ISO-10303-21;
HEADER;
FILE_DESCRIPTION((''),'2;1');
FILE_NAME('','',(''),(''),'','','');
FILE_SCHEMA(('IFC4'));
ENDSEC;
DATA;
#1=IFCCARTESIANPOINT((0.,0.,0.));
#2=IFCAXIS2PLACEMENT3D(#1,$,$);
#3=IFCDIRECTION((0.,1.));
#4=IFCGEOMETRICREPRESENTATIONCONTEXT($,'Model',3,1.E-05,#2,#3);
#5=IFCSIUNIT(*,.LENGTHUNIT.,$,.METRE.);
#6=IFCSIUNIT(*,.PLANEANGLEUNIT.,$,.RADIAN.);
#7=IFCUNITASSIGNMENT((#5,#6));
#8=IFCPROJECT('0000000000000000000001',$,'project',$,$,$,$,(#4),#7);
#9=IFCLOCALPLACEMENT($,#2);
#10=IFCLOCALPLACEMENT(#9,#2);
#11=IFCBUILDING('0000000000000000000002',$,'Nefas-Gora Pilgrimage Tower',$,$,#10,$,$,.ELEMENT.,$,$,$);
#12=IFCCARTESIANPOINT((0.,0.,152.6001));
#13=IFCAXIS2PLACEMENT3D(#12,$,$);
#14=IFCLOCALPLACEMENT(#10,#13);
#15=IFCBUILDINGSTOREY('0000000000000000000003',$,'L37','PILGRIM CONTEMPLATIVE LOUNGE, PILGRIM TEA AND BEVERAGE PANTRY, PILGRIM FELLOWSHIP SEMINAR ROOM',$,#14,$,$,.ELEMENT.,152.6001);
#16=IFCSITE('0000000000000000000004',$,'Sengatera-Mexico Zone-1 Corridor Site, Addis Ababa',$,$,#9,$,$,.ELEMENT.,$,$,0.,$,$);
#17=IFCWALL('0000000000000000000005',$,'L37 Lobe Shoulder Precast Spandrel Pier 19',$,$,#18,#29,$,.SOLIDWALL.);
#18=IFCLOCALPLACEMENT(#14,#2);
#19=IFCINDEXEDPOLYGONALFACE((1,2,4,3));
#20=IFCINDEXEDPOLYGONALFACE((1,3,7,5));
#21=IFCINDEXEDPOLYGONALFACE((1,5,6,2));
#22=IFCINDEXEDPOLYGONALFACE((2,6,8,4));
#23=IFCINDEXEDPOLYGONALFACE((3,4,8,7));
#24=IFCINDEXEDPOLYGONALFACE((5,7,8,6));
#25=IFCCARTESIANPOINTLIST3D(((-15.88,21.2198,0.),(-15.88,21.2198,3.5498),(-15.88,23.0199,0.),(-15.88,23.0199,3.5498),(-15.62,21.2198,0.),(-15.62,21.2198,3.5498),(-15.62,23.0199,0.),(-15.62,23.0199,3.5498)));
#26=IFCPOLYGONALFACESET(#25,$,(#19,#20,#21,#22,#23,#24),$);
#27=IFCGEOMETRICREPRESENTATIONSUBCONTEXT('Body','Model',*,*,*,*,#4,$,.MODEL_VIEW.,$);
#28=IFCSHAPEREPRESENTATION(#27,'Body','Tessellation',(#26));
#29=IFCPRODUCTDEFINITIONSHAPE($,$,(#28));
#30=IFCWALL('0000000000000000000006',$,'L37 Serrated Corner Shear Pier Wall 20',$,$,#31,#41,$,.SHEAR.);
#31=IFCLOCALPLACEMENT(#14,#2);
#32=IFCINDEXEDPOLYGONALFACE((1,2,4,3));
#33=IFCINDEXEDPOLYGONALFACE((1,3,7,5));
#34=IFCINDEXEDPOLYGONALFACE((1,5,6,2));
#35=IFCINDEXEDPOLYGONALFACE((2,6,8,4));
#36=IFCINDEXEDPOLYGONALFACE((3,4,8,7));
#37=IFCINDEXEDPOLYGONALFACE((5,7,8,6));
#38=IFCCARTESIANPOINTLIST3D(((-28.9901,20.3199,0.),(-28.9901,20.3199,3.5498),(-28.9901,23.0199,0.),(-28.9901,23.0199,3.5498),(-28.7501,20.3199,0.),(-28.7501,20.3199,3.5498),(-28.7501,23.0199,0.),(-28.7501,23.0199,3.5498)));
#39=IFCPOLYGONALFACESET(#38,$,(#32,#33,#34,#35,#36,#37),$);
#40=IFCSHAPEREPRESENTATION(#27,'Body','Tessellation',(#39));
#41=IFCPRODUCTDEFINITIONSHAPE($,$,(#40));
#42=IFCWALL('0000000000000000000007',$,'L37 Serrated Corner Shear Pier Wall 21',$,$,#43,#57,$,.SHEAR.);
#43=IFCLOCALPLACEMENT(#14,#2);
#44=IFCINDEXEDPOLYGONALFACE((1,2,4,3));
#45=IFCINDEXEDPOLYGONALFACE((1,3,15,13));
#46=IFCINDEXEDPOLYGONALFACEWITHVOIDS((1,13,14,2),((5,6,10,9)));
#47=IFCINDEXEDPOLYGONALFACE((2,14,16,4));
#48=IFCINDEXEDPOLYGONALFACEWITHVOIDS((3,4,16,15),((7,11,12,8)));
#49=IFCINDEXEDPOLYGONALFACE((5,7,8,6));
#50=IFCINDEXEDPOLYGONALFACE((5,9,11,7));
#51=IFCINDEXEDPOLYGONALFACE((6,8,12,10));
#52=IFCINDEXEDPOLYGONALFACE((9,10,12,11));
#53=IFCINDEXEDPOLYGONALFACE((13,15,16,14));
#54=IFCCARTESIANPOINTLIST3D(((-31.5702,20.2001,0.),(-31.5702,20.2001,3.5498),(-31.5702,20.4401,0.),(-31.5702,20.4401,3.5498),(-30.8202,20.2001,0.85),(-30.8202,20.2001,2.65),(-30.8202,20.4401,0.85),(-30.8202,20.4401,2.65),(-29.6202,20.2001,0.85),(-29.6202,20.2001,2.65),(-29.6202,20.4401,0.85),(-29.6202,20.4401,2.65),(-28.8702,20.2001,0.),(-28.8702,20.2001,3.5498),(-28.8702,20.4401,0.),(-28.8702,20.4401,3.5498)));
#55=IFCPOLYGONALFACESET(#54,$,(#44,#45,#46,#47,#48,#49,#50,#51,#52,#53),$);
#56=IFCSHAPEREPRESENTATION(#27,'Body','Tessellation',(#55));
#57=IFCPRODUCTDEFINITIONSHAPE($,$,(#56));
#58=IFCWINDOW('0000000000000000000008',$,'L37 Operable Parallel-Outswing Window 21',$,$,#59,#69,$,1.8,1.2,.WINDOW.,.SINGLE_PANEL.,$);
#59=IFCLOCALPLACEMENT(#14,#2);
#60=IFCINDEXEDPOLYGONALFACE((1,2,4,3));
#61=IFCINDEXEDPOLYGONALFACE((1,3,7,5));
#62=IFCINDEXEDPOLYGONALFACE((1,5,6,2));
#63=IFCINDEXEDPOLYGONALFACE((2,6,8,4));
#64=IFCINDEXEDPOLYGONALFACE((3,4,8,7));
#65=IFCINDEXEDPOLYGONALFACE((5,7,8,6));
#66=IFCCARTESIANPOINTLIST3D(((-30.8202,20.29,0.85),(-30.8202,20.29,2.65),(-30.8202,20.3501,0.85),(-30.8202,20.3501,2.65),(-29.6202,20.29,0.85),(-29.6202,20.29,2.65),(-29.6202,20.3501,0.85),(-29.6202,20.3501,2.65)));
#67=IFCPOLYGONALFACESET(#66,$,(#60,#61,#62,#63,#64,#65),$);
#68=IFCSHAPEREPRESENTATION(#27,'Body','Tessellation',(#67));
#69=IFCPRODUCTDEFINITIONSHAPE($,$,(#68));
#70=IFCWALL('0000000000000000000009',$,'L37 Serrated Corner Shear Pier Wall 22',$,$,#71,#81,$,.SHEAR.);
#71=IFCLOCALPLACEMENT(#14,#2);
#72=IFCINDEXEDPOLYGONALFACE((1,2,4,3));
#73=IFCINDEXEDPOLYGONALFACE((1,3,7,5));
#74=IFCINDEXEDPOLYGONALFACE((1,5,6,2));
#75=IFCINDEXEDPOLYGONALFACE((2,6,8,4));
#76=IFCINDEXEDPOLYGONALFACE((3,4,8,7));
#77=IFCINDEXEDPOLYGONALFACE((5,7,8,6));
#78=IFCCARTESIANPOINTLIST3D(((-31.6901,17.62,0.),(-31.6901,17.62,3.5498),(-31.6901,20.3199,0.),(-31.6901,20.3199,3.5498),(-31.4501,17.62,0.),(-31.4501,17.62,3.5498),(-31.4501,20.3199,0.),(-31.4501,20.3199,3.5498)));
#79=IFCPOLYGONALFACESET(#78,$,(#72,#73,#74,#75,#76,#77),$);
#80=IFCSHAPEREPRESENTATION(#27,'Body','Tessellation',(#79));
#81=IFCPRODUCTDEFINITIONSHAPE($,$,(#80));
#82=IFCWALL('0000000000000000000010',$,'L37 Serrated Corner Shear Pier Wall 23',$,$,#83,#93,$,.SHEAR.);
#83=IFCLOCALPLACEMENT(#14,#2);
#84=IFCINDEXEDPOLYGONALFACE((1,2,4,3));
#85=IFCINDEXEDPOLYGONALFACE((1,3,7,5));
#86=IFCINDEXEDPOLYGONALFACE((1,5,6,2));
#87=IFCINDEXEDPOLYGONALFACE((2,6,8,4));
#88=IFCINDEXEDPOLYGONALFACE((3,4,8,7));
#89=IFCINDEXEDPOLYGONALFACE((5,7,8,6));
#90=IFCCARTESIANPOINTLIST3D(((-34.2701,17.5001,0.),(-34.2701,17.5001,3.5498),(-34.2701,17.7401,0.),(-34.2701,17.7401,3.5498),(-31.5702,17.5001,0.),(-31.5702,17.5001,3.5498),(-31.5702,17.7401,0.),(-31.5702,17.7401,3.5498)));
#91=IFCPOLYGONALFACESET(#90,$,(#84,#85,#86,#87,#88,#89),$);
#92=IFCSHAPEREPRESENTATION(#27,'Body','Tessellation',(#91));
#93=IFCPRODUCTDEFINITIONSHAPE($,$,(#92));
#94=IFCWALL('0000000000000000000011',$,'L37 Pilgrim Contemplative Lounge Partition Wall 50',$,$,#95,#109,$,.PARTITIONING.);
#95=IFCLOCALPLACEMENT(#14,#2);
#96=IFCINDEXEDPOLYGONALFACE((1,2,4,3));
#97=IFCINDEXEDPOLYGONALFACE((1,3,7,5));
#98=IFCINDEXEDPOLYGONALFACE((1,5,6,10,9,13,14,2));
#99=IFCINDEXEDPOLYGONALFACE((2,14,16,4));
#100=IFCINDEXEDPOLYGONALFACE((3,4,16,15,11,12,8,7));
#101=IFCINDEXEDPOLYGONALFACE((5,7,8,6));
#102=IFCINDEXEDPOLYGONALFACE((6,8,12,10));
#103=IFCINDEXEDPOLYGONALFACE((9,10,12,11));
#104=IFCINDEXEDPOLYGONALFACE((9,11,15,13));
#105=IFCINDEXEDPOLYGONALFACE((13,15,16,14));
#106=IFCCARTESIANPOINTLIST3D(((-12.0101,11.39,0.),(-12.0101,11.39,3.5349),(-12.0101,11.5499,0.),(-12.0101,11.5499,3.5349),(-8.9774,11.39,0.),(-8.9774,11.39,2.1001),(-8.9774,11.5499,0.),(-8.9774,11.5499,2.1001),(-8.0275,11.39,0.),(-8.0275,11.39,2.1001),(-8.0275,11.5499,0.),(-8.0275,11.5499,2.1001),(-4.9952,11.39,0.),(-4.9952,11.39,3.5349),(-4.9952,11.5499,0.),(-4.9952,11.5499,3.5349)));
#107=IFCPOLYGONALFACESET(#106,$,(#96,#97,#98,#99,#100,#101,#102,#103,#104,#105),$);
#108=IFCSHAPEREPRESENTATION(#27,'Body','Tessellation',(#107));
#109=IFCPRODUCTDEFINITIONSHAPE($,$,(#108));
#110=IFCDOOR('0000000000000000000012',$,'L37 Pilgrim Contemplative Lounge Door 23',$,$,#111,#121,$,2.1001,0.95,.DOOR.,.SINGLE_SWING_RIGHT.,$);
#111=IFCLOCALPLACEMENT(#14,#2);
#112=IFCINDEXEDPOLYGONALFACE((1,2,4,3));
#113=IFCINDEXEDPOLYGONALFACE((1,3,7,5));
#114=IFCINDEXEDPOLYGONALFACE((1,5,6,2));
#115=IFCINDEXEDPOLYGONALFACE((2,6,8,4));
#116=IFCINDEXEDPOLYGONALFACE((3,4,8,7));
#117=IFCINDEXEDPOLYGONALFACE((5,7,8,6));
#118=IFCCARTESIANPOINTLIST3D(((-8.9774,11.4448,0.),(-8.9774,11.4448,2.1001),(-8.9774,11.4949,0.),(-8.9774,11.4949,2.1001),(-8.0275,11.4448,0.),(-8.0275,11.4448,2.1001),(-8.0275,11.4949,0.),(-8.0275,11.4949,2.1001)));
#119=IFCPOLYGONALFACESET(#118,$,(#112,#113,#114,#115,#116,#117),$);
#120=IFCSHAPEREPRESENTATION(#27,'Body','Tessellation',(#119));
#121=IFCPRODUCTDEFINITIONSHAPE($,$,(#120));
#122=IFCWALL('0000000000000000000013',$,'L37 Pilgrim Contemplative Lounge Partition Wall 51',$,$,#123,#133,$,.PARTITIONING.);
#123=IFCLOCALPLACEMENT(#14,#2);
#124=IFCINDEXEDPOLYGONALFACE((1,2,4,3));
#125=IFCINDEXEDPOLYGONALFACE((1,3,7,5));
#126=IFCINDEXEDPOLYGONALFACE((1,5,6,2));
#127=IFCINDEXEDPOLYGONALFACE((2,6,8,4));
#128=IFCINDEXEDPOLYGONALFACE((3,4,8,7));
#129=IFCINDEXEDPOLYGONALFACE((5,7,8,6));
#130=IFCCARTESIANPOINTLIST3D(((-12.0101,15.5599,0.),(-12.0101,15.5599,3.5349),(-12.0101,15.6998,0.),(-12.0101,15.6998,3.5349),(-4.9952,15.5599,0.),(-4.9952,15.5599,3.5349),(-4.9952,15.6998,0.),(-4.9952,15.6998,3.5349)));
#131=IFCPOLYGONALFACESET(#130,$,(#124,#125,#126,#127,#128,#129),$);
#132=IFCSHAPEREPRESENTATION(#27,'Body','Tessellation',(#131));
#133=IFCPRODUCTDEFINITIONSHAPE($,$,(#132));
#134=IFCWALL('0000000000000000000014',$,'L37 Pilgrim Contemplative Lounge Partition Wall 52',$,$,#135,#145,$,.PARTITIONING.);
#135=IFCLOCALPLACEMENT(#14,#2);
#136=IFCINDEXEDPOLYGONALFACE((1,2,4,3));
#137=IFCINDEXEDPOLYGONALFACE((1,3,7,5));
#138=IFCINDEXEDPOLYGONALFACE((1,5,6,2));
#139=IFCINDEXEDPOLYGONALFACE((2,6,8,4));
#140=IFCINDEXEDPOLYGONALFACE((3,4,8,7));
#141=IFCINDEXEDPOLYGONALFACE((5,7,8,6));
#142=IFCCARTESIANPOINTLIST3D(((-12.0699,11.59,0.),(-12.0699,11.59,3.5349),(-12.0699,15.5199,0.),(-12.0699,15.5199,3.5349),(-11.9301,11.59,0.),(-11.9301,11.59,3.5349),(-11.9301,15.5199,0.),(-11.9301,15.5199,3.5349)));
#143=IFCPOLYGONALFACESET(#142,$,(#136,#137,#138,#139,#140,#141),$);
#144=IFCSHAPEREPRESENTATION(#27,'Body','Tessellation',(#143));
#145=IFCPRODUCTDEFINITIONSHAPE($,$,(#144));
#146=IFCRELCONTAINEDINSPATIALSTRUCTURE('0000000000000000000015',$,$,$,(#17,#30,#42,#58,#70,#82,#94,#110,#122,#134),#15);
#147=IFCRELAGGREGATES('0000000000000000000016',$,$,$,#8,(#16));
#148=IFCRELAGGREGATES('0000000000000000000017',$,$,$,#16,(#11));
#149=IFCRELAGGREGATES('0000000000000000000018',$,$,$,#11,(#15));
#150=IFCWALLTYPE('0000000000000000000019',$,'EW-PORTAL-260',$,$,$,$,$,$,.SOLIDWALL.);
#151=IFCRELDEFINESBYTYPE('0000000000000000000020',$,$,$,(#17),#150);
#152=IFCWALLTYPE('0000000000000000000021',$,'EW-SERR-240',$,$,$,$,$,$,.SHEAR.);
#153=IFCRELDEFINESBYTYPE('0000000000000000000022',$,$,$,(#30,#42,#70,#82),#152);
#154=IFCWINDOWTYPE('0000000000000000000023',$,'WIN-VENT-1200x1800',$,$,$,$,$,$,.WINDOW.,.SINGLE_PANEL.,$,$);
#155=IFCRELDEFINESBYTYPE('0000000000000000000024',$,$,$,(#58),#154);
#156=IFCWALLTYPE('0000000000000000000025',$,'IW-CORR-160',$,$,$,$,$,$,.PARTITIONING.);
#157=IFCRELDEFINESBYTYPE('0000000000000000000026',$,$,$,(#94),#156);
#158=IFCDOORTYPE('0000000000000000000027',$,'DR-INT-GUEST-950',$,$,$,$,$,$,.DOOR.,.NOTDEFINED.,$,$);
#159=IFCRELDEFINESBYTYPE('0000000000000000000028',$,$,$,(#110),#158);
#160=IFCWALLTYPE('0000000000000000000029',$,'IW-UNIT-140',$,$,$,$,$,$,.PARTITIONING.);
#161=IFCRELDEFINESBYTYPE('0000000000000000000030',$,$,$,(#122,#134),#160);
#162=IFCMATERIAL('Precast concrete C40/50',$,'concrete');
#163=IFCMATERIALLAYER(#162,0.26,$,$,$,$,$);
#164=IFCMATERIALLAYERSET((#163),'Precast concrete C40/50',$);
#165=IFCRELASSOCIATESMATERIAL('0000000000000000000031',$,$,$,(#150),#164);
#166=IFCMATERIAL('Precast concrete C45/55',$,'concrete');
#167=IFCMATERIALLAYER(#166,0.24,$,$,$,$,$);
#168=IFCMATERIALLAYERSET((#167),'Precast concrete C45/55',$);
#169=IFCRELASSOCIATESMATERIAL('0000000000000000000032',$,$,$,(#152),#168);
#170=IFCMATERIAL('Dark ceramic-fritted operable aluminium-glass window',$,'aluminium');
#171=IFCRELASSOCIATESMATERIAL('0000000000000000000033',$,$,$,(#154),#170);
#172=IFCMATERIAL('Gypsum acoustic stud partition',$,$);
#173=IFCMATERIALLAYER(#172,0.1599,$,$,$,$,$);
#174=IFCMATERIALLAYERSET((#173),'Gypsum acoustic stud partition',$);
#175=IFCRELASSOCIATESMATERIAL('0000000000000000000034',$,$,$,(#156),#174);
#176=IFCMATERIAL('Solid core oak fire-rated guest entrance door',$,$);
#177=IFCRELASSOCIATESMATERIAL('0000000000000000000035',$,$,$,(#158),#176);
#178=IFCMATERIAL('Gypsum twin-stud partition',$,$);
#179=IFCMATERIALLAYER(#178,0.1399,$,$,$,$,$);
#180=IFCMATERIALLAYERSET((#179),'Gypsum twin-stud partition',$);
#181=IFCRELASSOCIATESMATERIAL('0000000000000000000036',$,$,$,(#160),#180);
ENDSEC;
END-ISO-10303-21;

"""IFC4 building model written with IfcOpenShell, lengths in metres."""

from ifc_helpers import new_model, si_unit, direction, frame, frame_2d, origin, place, context, subcontext, project, spatial, rectangle, extrude, source, transform, mapped, material, layer, layer_set, type_object, element, fill, save


model = new_model("IFC4")

# Units and contexts
model_context = context("Model", 3, precision=1e-05, world=origin(), true_north=direction((0.0, 1.0)))
body_context = subcontext(model_context, "Body", "Model", "MODEL_VIEW")
ifc_project = project(units=[si_unit("LENGTHUNIT", "METRE"), si_unit("PLANEANGLEUNIT", "RADIAN")], contexts=[model_context])

# Site, building, storey
site_placement = place(None, origin())
site = spatial("IfcSite", under=ifc_project, at=site_placement, Name="Sengatera-Mexico Zone-1 Corridor Site, Addis Ababa", CompositionType="ELEMENT", RefElevation=0.0)
building_placement = place(site_placement, origin())
building = spatial("IfcBuilding", under=site, at=building_placement, Name="Nefas-Gora Pilgrimage Tower", CompositionType="ELEMENT")
storey_placement = place(building_placement, frame((0.0, 0.0, 152.6001)))
storey = spatial("IfcBuildingStorey", under=building, at=storey_placement, Name="L37", Description="PILGRIM CONTEMPLATIVE LOUNGE, PILGRIM TEA AND BEVERAGE PANTRY, PILGRIM FELLOWSHIP SEMINAR ROOM", CompositionType="ELEMENT", Elevation=152.6001)

# Walls
ifc_material_1 = material(Name="Precast concrete C40/50", Category="concrete")
ifc_layer_1 = layer(ifc_material_1, 0.26)
ifc_layer_set_1 = layer_set([ifc_layer_1], Name="Precast concrete C40/50")
wall_type_1 = type_object("IfcWallType", Name="EW-PORTAL-260", PredefinedType="SOLIDWALL", material=ifc_layer_set_1)
shared_shape_1 = source(origin(), body_context, "Body", "SweptSolid", [
    extrude(rectangle(XDim=1.8, YDim=0.26, at=frame_2d((0.8999, 0.0))), origin(), (0.0, 0.0, 1.0), 3.5498),
])
wall_1_placement = place(storey_placement, frame((-15.75, 21.22, 0.0), z_axis=(0.0, 0.0, 1.0), x_axis=(0.0, 1.0, 0.0)))
element("IfcWall", 1, at=wall_1_placement, inside=storey, type_object=wall_type_1, Name="L37 Lobe Shoulder Precast Spandrel Pier 19", PredefinedType="SOLIDWALL", context=body_context, shape_type="MappedRepresentation", body=[
    mapped(shared_shape_1, transform((0.0, 0.0, 0.0), x_axis=(1.0, 0.0, 0.0), y_axis=(0.0, 1.0, 0.0), z_axis=(0.0, 0.0, 1.0), scale=1.0)),
])
ifc_material_2 = material(Name="Precast concrete C45/55", Category="concrete")
ifc_layer_2 = layer(ifc_material_2, 0.24)
ifc_layer_set_2 = layer_set([ifc_layer_2], Name="Precast concrete C45/55")
wall_type_2 = type_object("IfcWallType", Name="EW-SERR-240", PredefinedType="SHEAR", material=ifc_layer_set_2)
shared_shape_2 = source(origin(), body_context, "Body", "SweptSolid", [
    extrude(rectangle(XDim=2.7, YDim=0.24, at=frame_2d((1.3501, 0.0))), origin(), (0.0, 0.0, 1.0), 3.5498),
])
wall_2_placement = place(storey_placement, frame((-28.8701, 23.02, 0.0), z_axis=(0.0, 0.0, 1.0), x_axis=(0.0, -1.0, 0.0)))
element("IfcWall", 2, at=wall_2_placement, inside=storey, type_object=wall_type_2, Name="L37 Serrated Corner Shear Pier Wall 20", PredefinedType="SHEAR", context=body_context, shape_type="MappedRepresentation", body=[
    mapped(shared_shape_2, transform((0.0, 0.0, 0.0), x_axis=(1.0, 0.0, 0.0), y_axis=(0.0, 1.0, 0.0), z_axis=(0.0, 0.0, 1.0), scale=1.0)),
])

# Wall, opening, window
wall_3_placement = place(storey_placement, frame((-28.8701, 20.3201, 0.0), z_axis=(0.0, 0.0, 1.0), x_axis=(-1.0, 0.0, 0.0)))
wall_3 = element("IfcWall", 3, at=wall_3_placement, inside=storey, type_object=wall_type_2, Name="L37 Serrated Corner Shear Pier Wall 21", PredefinedType="SHEAR", context=body_context, shape_type="MappedRepresentation", body=[
    mapped(shared_shape_2, transform((0.0, 0.0, 0.0), x_axis=(1.0, 0.0, 0.0), y_axis=(0.0, 1.0, 0.0), z_axis=(0.0, 0.0, 1.0), scale=1.0)),
])
opening_1_placement = place(wall_3_placement, frame((0.75, 0.0, 0.8501)))
opening_1 = element("IfcOpeningElement", 4, at=opening_1_placement, cuts=wall_3, PredefinedType="OPENING", context=body_context, shape_type="SweptSolid", body=[
    extrude(rectangle(XDim=1.2, YDim=1.8, at=frame_2d((0.6001, 0.8999))), frame((0.0, 0.1299, 0.0), z_axis=(0.0, -1.0, 0.0), x_axis=(1.0, 0.0, 0.0)), (0.0, 0.0, 1.0), 0.26),
])
ifc_material_3 = material(Name="Dark ceramic-fritted operable aluminium-glass window", Category="aluminium")
window_type = type_object("IfcWindowType", Name="WIN-VENT-1200x1800", PartitioningType="SINGLE_PANEL", PredefinedType="WINDOW", material=ifc_material_3)
shared_shape_3 = source(origin(), body_context, "Body", "SweptSolid", [
    extrude(rectangle(XDim=1.2, YDim=1.8, at=frame_2d((0.6001, 0.8999))), frame((0.0, 0.03, 0.0), z_axis=(0.0, -1.0, 0.0), x_axis=(1.0, 0.0, 0.0)), (0.0, 0.0, 1.0), 0.0601),
])
window_placement = place(opening_1_placement, origin())
window = element("IfcWindow", 5, at=window_placement, inside=storey, type_object=window_type, Name="L37 Operable Parallel-Outswing Window 21", OverallHeight=1.8, OverallWidth=1.2, PartitioningType="SINGLE_PANEL", PredefinedType="WINDOW", context=body_context, shape_type="MappedRepresentation", body=[
    mapped(shared_shape_3, transform((0.0, 0.0, 0.0), x_axis=(1.0, 0.0, 0.0), y_axis=(0.0, 1.0, 0.0), z_axis=(0.0, 0.0, 1.0), scale=1.0)),
])
fill(opening_1, window)

# Walls
for number, where, z_axis, x_axis, name in (
    (6, (-31.5701, 20.3201, 0.0), (0.0, 0.0, 1.0), (0.0, -1.0, 0.0), "L37 Serrated Corner Shear Pier Wall 22"),
    (7, (-31.5701, 17.6201, 0.0), (0.0, 0.0, 1.0), (-1.0, 0.0, 0.0), "L37 Serrated Corner Shear Pier Wall 23"),
):
    element("IfcWall", number, at=place(storey_placement, frame(where, z_axis=z_axis, x_axis=x_axis)), inside=storey, type_object=wall_type_2, Name=name, PredefinedType="SHEAR", context=body_context, shape_type="MappedRepresentation", body=[
        mapped(shared_shape_2, transform((0.0, 0.0, 0.0), x_axis=(1.0, 0.0, 0.0), y_axis=(0.0, 1.0, 0.0), z_axis=(0.0, 0.0, 1.0), scale=1.0)),
    ])

# Wall, opening, door
ifc_material_4 = material(Name="Gypsum acoustic stud partition")
ifc_layer_3 = layer(ifc_material_4, 0.1599)
ifc_layer_set_3 = layer_set([ifc_layer_3], Name="Gypsum acoustic stud partition")
wall_type_3 = type_object("IfcWallType", Name="IW-CORR-160", PredefinedType="PARTITIONING", material=ifc_layer_set_3)
shared_shape_4 = source(origin(), body_context, "Body", "SweptSolid", [
    extrude(rectangle(XDim=7.0149, YDim=0.1599, at=frame_2d((3.5073, 0.0))), origin(), (0.0, 0.0, 1.0), 3.5349),
])
wall_4_placement = place(storey_placement, frame((-12.01, 11.47, 0.0), z_axis=(0.0, 0.0, 1.0), x_axis=(1.0, 0.0, 0.0)))
wall_4 = element("IfcWall", 8, at=wall_4_placement, inside=storey, type_object=wall_type_3, Name="L37 Pilgrim Contemplative Lounge Partition Wall 50", PredefinedType="PARTITIONING", context=body_context, shape_type="MappedRepresentation", body=[
    mapped(shared_shape_4, transform((0.0, 0.0, 0.0), x_axis=(1.0, 0.0, 0.0), y_axis=(0.0, 1.0, 0.0), z_axis=(0.0, 0.0, 1.0), scale=1.0)),
])
opening_2_placement = place(wall_4_placement, frame((3.0325, 0.0, 0.0)))
opening_2 = element("IfcOpeningElement", 9, at=opening_2_placement, cuts=wall_4, PredefinedType="OPENING", context=body_context, shape_type="SweptSolid", body=[
    extrude(rectangle(XDim=0.95, YDim=2.1001, at=frame_2d((0.4751, 1.05))), frame((0.0, 0.0898, 0.0), z_axis=(0.0, -1.0, 0.0), x_axis=(1.0, 0.0, 0.0)), (0.0, 0.0, 1.0), 0.1799),
])
ifc_material_5 = material(Name="Solid core oak fire-rated guest entrance door")
door_type = type_object("IfcDoorType", Name="DR-INT-GUEST-950", OperationType="NOTDEFINED", PredefinedType="DOOR", material=ifc_material_5)
shared_shape_5 = source(origin(), body_context, "Body", "SweptSolid", [
    extrude(rectangle(XDim=0.95, YDim=2.1001, at=frame_2d((0.4751, 1.05))), frame((0.0, 0.0249, 0.0), z_axis=(0.0, -1.0, 0.0), x_axis=(1.0, 0.0, 0.0)), (0.0, 0.0, 1.0), 0.05),
])
door_1_placement = place(opening_2_placement, origin())
door_1 = element("IfcDoor", 10, at=door_1_placement, inside=storey, type_object=door_type, Name="L37 Pilgrim Contemplative Lounge Door 23", OperationType="SINGLE_SWING_RIGHT", OverallHeight=2.1001, OverallWidth=0.95, PredefinedType="DOOR", context=body_context, shape_type="MappedRepresentation", body=[
    mapped(shared_shape_5, transform((0.0, 0.0, 0.0), x_axis=(1.0, 0.0, 0.0), y_axis=(0.0, 1.0, 0.0), z_axis=(0.0, 0.0, 1.0), scale=1.0)),
])
fill(opening_2, door_1)

# Walls
ifc_material_6 = material(Name="Gypsum twin-stud partition")
ifc_layer_4 = layer(ifc_material_6, 0.1399)
ifc_layer_set_4 = layer_set([ifc_layer_4], Name="Gypsum twin-stud partition")
wall_type_4 = type_object("IfcWallType", Name="IW-UNIT-140", PredefinedType="PARTITIONING", material=ifc_layer_set_4)
shared_shape_6 = source(origin(), body_context, "Body", "SweptSolid", [
    extrude(rectangle(XDim=7.0149, YDim=0.1399, at=frame_2d((3.5073, 0.0))), origin(), (0.0, 0.0, 1.0), 3.5349),
])
wall_5_placement = place(storey_placement, frame((-12.01, 15.6299, 0.0), z_axis=(0.0, 0.0, 1.0), x_axis=(1.0, 0.0, 0.0)))
element("IfcWall", 11, at=wall_5_placement, inside=storey, type_object=wall_type_4, Name="L37 Pilgrim Contemplative Lounge Partition Wall 51", PredefinedType="PARTITIONING", context=body_context, shape_type="MappedRepresentation", body=[
    mapped(shared_shape_6, transform((0.0, 0.0, 0.0), x_axis=(1.0, 0.0, 0.0), y_axis=(0.0, 1.0, 0.0), z_axis=(0.0, 0.0, 1.0), scale=1.0)),
])
shared_shape_7 = source(origin(), body_context, "Body", "SweptSolid", [
    extrude(rectangle(XDim=3.9299, YDim=0.1399, at=frame_2d((1.9648, 0.0))), origin(), (0.0, 0.0, 1.0), 3.5349),
])
wall_6_placement = place(storey_placement, frame((-12.0, 11.5901, 0.0), z_axis=(0.0, 0.0, 1.0), x_axis=(0.0, 1.0, 0.0)))
element("IfcWall", 12, at=wall_6_placement, inside=storey, type_object=wall_type_4, Name="L37 Pilgrim Contemplative Lounge Partition Wall 52", PredefinedType="PARTITIONING", context=body_context, shape_type="MappedRepresentation", body=[
    mapped(shared_shape_7, transform((0.0, 0.0, 0.0), x_axis=(1.0, 0.0, 0.0), y_axis=(0.0, 1.0, 0.0), z_axis=(0.0, 0.0, 1.0), scale=1.0)),
])

save(model, "model.ifc")
